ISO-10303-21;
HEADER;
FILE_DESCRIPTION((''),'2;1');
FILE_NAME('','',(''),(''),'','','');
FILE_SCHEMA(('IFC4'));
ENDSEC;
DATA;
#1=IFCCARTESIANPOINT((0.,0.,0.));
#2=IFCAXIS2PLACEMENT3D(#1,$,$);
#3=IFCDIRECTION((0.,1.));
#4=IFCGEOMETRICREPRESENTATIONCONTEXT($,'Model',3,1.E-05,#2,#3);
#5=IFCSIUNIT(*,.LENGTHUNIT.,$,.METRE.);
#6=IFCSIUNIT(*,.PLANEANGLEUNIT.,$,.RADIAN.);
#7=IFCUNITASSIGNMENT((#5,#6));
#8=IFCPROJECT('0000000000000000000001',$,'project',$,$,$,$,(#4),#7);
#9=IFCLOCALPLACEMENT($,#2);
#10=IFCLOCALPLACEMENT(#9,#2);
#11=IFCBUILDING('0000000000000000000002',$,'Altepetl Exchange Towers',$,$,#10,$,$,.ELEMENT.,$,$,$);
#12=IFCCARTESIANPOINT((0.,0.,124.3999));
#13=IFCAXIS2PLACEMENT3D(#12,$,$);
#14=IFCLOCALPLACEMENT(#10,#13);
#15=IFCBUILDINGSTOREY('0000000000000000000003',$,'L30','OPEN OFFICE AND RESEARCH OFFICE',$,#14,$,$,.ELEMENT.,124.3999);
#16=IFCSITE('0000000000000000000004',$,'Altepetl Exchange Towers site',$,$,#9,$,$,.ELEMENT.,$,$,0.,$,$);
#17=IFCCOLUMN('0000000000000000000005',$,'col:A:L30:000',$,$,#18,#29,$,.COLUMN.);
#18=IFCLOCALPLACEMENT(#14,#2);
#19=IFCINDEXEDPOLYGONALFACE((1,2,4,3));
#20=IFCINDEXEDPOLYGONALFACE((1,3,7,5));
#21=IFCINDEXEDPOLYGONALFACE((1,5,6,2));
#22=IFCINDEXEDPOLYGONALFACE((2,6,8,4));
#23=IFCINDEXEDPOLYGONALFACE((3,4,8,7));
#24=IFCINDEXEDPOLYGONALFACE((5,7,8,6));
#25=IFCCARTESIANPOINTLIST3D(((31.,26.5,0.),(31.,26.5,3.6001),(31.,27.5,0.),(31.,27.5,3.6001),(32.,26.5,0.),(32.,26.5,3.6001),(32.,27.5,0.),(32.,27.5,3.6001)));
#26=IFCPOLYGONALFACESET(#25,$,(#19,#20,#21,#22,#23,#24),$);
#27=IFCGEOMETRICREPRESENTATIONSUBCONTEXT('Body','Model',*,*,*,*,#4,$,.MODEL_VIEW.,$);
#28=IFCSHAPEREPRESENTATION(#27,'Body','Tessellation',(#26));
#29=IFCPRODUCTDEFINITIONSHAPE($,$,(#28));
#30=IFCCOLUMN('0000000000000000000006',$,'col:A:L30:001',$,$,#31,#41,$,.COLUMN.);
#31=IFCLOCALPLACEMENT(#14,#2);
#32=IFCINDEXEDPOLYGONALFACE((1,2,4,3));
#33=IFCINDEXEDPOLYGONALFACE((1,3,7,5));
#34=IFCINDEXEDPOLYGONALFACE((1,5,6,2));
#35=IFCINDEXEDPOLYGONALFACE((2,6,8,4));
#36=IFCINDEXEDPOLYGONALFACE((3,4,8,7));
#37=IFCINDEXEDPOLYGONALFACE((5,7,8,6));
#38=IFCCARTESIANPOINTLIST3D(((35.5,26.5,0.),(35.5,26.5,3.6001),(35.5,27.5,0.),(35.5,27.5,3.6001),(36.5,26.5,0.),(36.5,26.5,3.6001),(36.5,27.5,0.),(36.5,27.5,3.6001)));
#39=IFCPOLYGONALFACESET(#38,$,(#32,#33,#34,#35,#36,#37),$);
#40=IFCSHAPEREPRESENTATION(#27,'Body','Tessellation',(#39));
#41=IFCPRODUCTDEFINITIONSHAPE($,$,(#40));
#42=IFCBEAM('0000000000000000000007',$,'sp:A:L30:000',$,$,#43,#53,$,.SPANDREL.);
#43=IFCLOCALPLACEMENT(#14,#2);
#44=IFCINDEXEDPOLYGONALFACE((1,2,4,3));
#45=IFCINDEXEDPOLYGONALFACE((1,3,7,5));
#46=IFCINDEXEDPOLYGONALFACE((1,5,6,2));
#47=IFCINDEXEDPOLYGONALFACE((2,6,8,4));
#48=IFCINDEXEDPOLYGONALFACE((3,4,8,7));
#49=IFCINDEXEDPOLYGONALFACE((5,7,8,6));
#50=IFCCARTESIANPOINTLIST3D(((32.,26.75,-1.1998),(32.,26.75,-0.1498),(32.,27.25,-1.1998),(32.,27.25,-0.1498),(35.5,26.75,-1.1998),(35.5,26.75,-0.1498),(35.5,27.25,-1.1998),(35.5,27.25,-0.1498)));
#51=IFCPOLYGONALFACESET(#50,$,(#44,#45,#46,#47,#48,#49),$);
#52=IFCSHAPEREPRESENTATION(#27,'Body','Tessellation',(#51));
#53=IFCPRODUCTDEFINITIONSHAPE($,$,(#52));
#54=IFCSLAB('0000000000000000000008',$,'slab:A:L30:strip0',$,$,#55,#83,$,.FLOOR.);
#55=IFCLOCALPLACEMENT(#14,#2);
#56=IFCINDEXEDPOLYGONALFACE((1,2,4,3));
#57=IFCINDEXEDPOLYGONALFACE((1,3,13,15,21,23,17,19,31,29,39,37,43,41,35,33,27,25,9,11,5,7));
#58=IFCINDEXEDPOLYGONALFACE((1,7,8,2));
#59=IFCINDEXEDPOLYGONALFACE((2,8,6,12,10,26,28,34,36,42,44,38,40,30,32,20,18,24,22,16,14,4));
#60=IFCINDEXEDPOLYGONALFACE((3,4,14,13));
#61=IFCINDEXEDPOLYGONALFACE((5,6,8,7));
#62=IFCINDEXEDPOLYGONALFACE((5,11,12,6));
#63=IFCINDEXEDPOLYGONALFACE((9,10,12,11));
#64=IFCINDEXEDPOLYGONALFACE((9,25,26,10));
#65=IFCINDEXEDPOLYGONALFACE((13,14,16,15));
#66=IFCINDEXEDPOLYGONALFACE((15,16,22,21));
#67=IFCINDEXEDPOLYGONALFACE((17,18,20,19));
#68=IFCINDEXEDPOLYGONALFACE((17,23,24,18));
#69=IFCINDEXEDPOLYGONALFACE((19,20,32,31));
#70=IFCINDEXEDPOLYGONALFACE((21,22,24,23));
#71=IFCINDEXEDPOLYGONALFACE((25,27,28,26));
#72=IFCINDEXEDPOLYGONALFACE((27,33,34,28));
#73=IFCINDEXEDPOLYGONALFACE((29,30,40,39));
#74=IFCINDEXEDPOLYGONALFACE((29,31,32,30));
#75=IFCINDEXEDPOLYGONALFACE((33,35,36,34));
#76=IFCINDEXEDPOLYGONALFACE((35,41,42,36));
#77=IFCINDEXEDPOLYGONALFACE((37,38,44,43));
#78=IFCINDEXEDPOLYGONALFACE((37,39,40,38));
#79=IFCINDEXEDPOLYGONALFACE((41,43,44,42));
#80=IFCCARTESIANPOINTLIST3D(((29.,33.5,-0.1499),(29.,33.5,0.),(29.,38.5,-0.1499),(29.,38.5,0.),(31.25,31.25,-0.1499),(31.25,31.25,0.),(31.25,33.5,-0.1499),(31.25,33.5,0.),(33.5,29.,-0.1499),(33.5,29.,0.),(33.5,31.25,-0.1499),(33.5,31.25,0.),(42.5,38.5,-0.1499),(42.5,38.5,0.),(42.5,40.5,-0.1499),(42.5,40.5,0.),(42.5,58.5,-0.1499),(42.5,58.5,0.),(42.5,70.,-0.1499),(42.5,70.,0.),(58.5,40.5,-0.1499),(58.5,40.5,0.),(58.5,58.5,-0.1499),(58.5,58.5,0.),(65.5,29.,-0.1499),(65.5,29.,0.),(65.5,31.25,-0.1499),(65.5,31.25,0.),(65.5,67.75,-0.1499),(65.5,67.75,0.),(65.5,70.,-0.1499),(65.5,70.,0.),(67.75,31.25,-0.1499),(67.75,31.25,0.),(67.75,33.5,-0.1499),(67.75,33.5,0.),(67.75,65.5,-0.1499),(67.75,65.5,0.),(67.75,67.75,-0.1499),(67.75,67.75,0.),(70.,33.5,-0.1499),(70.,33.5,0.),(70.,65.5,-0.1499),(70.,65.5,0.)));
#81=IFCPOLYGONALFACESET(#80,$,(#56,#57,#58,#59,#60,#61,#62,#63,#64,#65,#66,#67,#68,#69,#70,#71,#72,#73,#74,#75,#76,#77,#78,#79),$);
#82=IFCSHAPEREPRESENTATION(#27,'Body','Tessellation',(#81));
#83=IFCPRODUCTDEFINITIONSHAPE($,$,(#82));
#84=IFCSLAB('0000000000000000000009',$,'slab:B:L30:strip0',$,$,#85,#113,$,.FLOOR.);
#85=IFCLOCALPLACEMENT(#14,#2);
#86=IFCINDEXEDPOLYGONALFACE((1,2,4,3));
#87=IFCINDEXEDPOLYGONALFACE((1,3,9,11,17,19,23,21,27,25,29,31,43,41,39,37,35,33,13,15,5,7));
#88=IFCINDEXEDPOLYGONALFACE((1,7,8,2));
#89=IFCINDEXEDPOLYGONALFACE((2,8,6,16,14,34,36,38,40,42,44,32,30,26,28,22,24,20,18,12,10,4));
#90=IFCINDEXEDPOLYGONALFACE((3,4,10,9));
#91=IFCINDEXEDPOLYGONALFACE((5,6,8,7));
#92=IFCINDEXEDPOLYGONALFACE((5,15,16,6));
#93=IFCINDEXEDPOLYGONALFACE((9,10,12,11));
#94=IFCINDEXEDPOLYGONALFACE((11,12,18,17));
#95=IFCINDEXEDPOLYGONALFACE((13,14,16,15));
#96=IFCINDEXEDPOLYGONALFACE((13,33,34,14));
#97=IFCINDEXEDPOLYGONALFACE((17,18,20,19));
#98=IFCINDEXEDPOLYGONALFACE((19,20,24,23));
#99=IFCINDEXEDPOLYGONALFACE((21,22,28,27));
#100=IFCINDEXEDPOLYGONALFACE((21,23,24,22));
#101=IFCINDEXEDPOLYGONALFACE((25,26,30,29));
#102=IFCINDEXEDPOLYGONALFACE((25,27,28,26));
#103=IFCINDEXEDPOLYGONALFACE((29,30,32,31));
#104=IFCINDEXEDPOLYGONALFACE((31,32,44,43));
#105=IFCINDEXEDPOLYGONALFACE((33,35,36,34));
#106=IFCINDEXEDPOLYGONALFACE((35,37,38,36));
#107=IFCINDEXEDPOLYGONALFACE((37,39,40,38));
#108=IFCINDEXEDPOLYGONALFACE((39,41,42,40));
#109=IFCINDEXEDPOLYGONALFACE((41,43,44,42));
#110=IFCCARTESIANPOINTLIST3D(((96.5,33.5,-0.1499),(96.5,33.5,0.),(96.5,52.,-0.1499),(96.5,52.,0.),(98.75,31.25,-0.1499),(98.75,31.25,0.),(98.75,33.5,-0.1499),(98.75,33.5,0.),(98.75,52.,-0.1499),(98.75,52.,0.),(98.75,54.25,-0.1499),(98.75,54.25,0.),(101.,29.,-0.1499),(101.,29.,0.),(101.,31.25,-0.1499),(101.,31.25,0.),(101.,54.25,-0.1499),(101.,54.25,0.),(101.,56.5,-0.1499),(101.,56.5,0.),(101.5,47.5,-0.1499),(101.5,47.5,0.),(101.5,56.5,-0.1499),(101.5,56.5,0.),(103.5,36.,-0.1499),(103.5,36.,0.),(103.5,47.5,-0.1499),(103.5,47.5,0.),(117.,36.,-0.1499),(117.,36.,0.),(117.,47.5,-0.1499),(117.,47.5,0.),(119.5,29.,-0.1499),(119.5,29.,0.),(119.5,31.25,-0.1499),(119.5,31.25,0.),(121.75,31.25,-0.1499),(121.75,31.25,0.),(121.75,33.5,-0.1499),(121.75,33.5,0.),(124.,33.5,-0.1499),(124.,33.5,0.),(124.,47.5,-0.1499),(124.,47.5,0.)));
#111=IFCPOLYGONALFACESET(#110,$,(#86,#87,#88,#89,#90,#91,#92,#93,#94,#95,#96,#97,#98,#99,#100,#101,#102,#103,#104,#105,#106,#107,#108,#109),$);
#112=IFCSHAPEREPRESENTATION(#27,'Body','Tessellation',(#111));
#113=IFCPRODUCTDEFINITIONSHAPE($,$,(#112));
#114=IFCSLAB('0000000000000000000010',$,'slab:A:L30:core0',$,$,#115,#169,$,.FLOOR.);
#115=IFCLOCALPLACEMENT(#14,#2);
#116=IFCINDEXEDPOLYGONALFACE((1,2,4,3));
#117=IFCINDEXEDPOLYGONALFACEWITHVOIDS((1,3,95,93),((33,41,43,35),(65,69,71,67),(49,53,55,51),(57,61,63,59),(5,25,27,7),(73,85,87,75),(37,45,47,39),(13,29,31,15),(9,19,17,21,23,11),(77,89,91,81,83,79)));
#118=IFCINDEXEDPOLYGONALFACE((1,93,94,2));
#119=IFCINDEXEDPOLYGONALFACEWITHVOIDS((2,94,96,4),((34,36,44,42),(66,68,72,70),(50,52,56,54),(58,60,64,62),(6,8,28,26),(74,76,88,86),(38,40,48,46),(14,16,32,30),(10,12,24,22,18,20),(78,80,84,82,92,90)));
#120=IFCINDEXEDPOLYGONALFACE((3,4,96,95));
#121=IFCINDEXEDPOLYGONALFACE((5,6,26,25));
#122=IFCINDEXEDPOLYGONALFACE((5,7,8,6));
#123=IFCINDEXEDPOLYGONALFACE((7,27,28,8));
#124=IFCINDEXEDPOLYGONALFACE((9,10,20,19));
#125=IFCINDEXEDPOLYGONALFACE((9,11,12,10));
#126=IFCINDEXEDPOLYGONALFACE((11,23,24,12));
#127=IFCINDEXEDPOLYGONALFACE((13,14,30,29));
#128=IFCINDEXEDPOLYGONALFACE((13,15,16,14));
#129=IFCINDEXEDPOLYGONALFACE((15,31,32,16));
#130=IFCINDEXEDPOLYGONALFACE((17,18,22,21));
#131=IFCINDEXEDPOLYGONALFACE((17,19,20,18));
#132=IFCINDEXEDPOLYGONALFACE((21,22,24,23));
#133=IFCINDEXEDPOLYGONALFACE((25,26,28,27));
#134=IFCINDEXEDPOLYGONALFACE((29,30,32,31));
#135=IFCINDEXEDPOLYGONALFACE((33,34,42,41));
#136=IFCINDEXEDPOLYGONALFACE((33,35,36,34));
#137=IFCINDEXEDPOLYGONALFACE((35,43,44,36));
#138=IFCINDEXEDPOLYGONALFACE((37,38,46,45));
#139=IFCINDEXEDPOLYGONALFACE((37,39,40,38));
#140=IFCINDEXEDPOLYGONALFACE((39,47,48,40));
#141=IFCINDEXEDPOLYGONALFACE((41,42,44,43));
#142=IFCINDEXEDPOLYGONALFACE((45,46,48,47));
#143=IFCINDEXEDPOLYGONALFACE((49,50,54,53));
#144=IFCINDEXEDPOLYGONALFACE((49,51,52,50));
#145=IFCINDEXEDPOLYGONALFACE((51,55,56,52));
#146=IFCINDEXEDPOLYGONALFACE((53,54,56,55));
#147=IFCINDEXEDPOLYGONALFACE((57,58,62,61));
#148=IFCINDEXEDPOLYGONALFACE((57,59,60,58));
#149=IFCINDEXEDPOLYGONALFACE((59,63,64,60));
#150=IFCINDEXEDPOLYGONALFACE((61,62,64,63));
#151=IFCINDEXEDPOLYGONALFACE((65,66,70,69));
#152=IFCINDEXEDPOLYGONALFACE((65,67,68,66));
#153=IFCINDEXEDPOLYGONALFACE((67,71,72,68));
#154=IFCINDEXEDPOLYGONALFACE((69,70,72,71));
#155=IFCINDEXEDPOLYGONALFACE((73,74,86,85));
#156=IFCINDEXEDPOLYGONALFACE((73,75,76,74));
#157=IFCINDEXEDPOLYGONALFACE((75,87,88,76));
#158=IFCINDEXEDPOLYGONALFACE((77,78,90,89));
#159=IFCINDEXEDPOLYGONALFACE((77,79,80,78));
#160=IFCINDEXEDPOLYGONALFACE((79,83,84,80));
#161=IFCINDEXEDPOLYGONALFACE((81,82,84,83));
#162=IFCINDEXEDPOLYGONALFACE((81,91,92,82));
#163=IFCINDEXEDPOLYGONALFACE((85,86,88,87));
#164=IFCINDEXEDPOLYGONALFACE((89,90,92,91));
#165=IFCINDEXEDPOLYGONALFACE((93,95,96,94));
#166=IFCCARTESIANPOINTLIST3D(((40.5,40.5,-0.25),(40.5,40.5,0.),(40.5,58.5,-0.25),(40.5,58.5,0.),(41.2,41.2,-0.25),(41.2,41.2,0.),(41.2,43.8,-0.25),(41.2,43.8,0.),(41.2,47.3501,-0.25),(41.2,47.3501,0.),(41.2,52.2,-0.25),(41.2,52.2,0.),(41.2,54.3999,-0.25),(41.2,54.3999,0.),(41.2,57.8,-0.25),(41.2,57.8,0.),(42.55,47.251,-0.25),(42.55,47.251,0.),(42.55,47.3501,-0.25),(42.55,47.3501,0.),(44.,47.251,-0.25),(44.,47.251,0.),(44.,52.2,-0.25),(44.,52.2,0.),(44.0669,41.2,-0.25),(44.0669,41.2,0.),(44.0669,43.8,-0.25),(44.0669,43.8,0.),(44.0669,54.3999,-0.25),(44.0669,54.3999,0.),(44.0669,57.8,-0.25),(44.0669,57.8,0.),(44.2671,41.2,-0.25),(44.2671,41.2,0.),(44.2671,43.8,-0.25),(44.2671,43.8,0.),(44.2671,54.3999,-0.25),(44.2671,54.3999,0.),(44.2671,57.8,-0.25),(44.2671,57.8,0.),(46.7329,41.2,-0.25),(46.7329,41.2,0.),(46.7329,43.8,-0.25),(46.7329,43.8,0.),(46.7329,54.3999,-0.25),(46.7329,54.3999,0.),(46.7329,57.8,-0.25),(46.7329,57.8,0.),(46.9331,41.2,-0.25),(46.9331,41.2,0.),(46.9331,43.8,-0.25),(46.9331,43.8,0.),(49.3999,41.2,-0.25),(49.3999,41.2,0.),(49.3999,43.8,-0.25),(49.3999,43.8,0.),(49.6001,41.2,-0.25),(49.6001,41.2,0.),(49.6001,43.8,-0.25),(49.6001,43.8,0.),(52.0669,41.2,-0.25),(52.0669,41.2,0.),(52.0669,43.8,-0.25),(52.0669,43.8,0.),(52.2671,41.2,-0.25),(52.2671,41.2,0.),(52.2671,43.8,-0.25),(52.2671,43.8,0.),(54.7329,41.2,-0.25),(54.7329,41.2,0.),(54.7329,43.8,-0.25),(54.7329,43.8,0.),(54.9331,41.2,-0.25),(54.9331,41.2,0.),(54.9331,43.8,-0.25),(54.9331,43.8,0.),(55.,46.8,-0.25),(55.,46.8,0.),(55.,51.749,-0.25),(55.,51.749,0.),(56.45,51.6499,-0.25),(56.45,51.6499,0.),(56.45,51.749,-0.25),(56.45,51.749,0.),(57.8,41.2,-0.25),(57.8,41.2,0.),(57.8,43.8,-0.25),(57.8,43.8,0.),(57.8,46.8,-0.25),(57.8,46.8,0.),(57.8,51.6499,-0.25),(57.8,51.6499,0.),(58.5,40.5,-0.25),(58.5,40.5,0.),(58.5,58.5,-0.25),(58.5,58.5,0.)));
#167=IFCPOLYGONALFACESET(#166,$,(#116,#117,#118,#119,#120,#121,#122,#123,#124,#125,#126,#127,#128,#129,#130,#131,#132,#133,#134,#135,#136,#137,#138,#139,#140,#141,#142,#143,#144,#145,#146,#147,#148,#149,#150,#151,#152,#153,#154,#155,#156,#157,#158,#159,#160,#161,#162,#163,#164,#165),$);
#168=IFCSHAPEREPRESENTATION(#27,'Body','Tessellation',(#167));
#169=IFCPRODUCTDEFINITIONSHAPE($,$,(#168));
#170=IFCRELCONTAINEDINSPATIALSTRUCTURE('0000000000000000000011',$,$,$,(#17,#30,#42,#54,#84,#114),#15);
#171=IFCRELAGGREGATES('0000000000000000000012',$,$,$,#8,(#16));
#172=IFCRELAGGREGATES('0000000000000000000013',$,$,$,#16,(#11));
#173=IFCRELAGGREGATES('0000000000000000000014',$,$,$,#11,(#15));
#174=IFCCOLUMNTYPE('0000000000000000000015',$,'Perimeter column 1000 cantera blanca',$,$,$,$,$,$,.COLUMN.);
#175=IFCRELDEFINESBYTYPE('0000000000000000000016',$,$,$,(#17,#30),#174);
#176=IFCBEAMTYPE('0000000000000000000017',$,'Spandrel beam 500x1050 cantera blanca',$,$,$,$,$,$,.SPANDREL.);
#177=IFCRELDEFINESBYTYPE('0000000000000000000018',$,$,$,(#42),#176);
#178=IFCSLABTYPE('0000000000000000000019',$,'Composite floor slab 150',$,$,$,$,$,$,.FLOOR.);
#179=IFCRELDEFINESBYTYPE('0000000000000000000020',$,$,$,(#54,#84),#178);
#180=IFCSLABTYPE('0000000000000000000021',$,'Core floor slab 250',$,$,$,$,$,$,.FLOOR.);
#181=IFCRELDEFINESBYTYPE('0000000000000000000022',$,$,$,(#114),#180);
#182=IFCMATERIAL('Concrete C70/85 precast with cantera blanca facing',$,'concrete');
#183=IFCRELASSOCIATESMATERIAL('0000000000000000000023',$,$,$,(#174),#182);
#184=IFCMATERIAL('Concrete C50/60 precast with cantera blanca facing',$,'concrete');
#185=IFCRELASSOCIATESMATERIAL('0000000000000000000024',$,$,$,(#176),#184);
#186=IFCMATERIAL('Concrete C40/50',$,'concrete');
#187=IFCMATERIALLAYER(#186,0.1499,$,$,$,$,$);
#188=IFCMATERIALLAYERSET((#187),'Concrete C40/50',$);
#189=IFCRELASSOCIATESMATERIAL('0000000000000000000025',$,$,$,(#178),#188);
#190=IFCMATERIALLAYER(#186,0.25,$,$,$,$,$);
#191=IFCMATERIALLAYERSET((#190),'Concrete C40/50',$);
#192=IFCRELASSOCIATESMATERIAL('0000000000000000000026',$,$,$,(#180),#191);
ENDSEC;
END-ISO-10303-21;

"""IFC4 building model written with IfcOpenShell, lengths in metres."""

from ifc_helpers import new_model, si_unit, direction, frame, origin, origin_2d, place, context, subcontext, project, spatial, polyline, rectangle, outline, extrude, material, layer, layer_set, material_profile, profile_set, type_object, element, save


model = new_model("IFC4")

# Units and contexts
model_context = context("Model", 3, precision=1e-05, world=origin(), true_north=direction((0.0, 1.0)))
body_context = subcontext(model_context, "Body", "Model", "MODEL_VIEW")
ifc_project = project(units=[si_unit("LENGTHUNIT", "METRE"), si_unit("PLANEANGLEUNIT", "RADIAN")], contexts=[model_context])

# Site, building, storey
site_placement = place(None, origin())
site = spatial("IfcSite", under=ifc_project, at=site_placement, Name="Altepetl Exchange Towers site", CompositionType="ELEMENT", RefElevation=0.0)
building_placement = place(site_placement, origin())
building = spatial("IfcBuilding", under=site, at=building_placement, Name="Altepetl Exchange Towers", CompositionType="ELEMENT")
storey_placement = place(building_placement, frame((0.0, 0.0, 124.3999)))
storey = spatial("IfcBuildingStorey", under=building, at=storey_placement, Name="L30", Description="OPEN OFFICE AND RESEARCH OFFICE", CompositionType="ELEMENT", Elevation=124.3999)

# Columns
ifc_material_1 = material(Name="Concrete C70/85 precast with cantera blanca facing", Category="concrete")
ifc_material_profile_1 = material_profile(ifc_material_1, rectangle(XDim=1.0, YDim=1.0, at=origin_2d()), Name="1000 x 1000")
ifc_profile_set_1 = profile_set([ifc_material_profile_1], Name="Concrete C70/85 precast with cantera blanca facing")
column_type = type_object("IfcColumnType", Name="Perimeter column 1000 cantera blanca", PredefinedType="COLUMN", material=ifc_profile_set_1)
for number, where, name in (
    (1, (31.5, 27.0, 0.0), "col:A:L30:000"),
    (2, (36.0, 27.0, 0.0), "col:A:L30:001"),
):
    element("IfcColumn", number, at=place(storey_placement, frame(where)), inside=storey, type_object=column_type, Name=name, PredefinedType="COLUMN", context=body_context, shape_type="SweptSolid", body=[
        extrude(rectangle(XDim=1.0, YDim=1.0, at=origin_2d()), origin(), (0.0, 0.0, 1.0), 3.6001),
    ])

# Beam
ifc_material_2 = material(Name="Concrete C50/60 precast with cantera blanca facing", Category="concrete")
ifc_material_profile_2 = material_profile(ifc_material_2, rectangle(XDim=0.5, YDim=1.05, at=origin_2d()), Name="500 x 1050")
ifc_profile_set_2 = profile_set([ifc_material_profile_2], Name="Concrete C50/60 precast with cantera blanca facing")
beam_type = type_object("IfcBeamType", Name="Spandrel beam 500x1050 cantera blanca", PredefinedType="SPANDREL", material=ifc_profile_set_2)
beam_placement = place(storey_placement, frame((32.0, 27.0, -0.6748), z_axis=(1.0, 0.0, 0.0), x_axis=(0.0, 1.0, 0.0)))
element("IfcBeam", 3, at=beam_placement, inside=storey, type_object=beam_type, Name="sp:A:L30:000", PredefinedType="SPANDREL", context=body_context, shape_type="SweptSolid", body=[
    extrude(rectangle(XDim=0.5, YDim=1.05, at=origin_2d()), origin(), (0.0, 0.0, 1.0), 3.5),
])

# Slabs
ifc_material_3 = material(Name="Concrete C40/50", Category="concrete")
ifc_layer_1 = layer(ifc_material_3, 0.1499)
ifc_layer_set_1 = layer_set([ifc_layer_1], Name="Concrete C40/50")
slab_type_1 = type_object("IfcSlabType", Name="Composite floor slab 150", PredefinedType="FLOOR", material=ifc_layer_set_1)
slab_1_placement = place(storey_placement, frame((0.0, 0.0, -0.1499)))
element("IfcSlab", 4, at=slab_1_placement, inside=storey, type_object=slab_type_1, Name="slab:A:L30:strip0", PredefinedType="FLOOR", context=body_context, shape_type="SweptSolid", body=[
    extrude(outline(polyline([(42.5, 70.0), (42.5, 58.5), (58.5, 58.5), (58.5, 40.5), (42.5, 40.5), (42.5, 38.5), (29.0, 38.5), (29.0, 33.5), (31.25, 33.5), (31.25, 31.25), (33.5, 31.25), (33.5, 29.0), (65.5, 29.0), (65.5, 31.25), (67.75, 31.25), (67.75, 33.5), (70.0, 33.5), (70.0, 65.5), (67.75, 65.5), (67.75, 67.75), (65.5, 67.75), (65.5, 70.0), (42.5, 70.0)])), origin(), (0.0, 0.0, 1.0), 0.1499),
])
slab_2_placement = place(storey_placement, frame((0.0, 0.0, -0.1499)))
element("IfcSlab", 5, at=slab_2_placement, inside=storey, type_object=slab_type_1, Name="slab:B:L30:strip0", PredefinedType="FLOOR", context=body_context, shape_type="SweptSolid", body=[
    extrude(outline(polyline([(98.75, 54.25), (98.75, 52.0), (96.5, 52.0), (96.5, 33.5), (98.75, 33.5), (98.75, 31.25), (101.0, 31.25), (101.0, 29.0), (119.5, 29.0), (119.5, 31.25), (121.75, 31.25), (121.75, 33.5), (124.0, 33.5), (124.0, 47.5), (117.0, 47.5), (117.0, 36.0), (103.5, 36.0), (103.5, 47.5), (101.5, 47.5), (101.5, 56.5), (101.0, 56.5), (101.0, 54.25), (98.75, 54.25)])), origin(), (0.0, 0.0, 1.0), 0.1499),
])
ifc_layer_2 = layer(ifc_material_3, 0.25)
ifc_layer_set_2 = layer_set([ifc_layer_2], Name="Concrete C40/50")
slab_type_2 = type_object("IfcSlabType", Name="Core floor slab 250", PredefinedType="FLOOR", material=ifc_layer_set_2)
slab_3_placement = place(storey_placement, frame((0.0, 0.0, -0.25)))
element("IfcSlab", 6, at=slab_3_placement, inside=storey, type_object=slab_type_2, Name="slab:A:L30:core0", PredefinedType="FLOOR", context=body_context, shape_type="SweptSolid", body=[
    extrude(outline(polyline([(40.5, 40.5), (58.5, 40.5), (58.5, 58.5), (40.5, 58.5), (40.5, 40.5)]), holes=[polyline([(41.2, 43.8), (44.0669, 43.8), (44.0669, 41.2), (41.2, 41.2), (41.2, 43.8)]), polyline([(44.2671, 43.8), (46.7329, 43.8), (46.7329, 41.2), (44.2671, 41.2), (44.2671, 43.8)]), polyline([(46.9331, 43.8), (49.3999, 43.8), (49.3999, 41.2), (46.9331, 41.2), (46.9331, 43.8)]), polyline([(52.0669, 43.8), (52.0669, 41.2), (49.6001, 41.2), (49.6001, 43.8), (52.0669, 43.8)]), polyline([(54.7329, 43.8), (54.7329, 41.2), (52.2671, 41.2), (52.2671, 43.8), (54.7329, 43.8)]), polyline([(54.9331, 43.8), (57.8, 43.8), (57.8, 41.2), (54.9331, 41.2), (54.9331, 43.8)]), polyline([(55.0, 51.749), (56.45, 51.749), (56.45, 51.6499), (57.8, 51.6499), (57.8, 46.8), (55.0, 46.8), (55.0, 51.749)]), polyline([(44.0, 47.251), (42.55, 47.251), (42.55, 47.3501), (41.2, 47.3501), (41.2, 52.2), (44.0, 52.2), (44.0, 47.251)]), polyline([(44.0669, 57.8), (44.0669, 54.3999), (41.2, 54.3999), (41.2, 57.8), (44.0669, 57.8)]), polyline([(46.7329, 57.8), (46.7329, 54.3999), (44.2671, 54.3999), (44.2671, 57.8), (46.7329, 57.8)])]), origin(), (0.0, 0.0, 1.0), 0.25),
])

save(model, "model.ifc")
